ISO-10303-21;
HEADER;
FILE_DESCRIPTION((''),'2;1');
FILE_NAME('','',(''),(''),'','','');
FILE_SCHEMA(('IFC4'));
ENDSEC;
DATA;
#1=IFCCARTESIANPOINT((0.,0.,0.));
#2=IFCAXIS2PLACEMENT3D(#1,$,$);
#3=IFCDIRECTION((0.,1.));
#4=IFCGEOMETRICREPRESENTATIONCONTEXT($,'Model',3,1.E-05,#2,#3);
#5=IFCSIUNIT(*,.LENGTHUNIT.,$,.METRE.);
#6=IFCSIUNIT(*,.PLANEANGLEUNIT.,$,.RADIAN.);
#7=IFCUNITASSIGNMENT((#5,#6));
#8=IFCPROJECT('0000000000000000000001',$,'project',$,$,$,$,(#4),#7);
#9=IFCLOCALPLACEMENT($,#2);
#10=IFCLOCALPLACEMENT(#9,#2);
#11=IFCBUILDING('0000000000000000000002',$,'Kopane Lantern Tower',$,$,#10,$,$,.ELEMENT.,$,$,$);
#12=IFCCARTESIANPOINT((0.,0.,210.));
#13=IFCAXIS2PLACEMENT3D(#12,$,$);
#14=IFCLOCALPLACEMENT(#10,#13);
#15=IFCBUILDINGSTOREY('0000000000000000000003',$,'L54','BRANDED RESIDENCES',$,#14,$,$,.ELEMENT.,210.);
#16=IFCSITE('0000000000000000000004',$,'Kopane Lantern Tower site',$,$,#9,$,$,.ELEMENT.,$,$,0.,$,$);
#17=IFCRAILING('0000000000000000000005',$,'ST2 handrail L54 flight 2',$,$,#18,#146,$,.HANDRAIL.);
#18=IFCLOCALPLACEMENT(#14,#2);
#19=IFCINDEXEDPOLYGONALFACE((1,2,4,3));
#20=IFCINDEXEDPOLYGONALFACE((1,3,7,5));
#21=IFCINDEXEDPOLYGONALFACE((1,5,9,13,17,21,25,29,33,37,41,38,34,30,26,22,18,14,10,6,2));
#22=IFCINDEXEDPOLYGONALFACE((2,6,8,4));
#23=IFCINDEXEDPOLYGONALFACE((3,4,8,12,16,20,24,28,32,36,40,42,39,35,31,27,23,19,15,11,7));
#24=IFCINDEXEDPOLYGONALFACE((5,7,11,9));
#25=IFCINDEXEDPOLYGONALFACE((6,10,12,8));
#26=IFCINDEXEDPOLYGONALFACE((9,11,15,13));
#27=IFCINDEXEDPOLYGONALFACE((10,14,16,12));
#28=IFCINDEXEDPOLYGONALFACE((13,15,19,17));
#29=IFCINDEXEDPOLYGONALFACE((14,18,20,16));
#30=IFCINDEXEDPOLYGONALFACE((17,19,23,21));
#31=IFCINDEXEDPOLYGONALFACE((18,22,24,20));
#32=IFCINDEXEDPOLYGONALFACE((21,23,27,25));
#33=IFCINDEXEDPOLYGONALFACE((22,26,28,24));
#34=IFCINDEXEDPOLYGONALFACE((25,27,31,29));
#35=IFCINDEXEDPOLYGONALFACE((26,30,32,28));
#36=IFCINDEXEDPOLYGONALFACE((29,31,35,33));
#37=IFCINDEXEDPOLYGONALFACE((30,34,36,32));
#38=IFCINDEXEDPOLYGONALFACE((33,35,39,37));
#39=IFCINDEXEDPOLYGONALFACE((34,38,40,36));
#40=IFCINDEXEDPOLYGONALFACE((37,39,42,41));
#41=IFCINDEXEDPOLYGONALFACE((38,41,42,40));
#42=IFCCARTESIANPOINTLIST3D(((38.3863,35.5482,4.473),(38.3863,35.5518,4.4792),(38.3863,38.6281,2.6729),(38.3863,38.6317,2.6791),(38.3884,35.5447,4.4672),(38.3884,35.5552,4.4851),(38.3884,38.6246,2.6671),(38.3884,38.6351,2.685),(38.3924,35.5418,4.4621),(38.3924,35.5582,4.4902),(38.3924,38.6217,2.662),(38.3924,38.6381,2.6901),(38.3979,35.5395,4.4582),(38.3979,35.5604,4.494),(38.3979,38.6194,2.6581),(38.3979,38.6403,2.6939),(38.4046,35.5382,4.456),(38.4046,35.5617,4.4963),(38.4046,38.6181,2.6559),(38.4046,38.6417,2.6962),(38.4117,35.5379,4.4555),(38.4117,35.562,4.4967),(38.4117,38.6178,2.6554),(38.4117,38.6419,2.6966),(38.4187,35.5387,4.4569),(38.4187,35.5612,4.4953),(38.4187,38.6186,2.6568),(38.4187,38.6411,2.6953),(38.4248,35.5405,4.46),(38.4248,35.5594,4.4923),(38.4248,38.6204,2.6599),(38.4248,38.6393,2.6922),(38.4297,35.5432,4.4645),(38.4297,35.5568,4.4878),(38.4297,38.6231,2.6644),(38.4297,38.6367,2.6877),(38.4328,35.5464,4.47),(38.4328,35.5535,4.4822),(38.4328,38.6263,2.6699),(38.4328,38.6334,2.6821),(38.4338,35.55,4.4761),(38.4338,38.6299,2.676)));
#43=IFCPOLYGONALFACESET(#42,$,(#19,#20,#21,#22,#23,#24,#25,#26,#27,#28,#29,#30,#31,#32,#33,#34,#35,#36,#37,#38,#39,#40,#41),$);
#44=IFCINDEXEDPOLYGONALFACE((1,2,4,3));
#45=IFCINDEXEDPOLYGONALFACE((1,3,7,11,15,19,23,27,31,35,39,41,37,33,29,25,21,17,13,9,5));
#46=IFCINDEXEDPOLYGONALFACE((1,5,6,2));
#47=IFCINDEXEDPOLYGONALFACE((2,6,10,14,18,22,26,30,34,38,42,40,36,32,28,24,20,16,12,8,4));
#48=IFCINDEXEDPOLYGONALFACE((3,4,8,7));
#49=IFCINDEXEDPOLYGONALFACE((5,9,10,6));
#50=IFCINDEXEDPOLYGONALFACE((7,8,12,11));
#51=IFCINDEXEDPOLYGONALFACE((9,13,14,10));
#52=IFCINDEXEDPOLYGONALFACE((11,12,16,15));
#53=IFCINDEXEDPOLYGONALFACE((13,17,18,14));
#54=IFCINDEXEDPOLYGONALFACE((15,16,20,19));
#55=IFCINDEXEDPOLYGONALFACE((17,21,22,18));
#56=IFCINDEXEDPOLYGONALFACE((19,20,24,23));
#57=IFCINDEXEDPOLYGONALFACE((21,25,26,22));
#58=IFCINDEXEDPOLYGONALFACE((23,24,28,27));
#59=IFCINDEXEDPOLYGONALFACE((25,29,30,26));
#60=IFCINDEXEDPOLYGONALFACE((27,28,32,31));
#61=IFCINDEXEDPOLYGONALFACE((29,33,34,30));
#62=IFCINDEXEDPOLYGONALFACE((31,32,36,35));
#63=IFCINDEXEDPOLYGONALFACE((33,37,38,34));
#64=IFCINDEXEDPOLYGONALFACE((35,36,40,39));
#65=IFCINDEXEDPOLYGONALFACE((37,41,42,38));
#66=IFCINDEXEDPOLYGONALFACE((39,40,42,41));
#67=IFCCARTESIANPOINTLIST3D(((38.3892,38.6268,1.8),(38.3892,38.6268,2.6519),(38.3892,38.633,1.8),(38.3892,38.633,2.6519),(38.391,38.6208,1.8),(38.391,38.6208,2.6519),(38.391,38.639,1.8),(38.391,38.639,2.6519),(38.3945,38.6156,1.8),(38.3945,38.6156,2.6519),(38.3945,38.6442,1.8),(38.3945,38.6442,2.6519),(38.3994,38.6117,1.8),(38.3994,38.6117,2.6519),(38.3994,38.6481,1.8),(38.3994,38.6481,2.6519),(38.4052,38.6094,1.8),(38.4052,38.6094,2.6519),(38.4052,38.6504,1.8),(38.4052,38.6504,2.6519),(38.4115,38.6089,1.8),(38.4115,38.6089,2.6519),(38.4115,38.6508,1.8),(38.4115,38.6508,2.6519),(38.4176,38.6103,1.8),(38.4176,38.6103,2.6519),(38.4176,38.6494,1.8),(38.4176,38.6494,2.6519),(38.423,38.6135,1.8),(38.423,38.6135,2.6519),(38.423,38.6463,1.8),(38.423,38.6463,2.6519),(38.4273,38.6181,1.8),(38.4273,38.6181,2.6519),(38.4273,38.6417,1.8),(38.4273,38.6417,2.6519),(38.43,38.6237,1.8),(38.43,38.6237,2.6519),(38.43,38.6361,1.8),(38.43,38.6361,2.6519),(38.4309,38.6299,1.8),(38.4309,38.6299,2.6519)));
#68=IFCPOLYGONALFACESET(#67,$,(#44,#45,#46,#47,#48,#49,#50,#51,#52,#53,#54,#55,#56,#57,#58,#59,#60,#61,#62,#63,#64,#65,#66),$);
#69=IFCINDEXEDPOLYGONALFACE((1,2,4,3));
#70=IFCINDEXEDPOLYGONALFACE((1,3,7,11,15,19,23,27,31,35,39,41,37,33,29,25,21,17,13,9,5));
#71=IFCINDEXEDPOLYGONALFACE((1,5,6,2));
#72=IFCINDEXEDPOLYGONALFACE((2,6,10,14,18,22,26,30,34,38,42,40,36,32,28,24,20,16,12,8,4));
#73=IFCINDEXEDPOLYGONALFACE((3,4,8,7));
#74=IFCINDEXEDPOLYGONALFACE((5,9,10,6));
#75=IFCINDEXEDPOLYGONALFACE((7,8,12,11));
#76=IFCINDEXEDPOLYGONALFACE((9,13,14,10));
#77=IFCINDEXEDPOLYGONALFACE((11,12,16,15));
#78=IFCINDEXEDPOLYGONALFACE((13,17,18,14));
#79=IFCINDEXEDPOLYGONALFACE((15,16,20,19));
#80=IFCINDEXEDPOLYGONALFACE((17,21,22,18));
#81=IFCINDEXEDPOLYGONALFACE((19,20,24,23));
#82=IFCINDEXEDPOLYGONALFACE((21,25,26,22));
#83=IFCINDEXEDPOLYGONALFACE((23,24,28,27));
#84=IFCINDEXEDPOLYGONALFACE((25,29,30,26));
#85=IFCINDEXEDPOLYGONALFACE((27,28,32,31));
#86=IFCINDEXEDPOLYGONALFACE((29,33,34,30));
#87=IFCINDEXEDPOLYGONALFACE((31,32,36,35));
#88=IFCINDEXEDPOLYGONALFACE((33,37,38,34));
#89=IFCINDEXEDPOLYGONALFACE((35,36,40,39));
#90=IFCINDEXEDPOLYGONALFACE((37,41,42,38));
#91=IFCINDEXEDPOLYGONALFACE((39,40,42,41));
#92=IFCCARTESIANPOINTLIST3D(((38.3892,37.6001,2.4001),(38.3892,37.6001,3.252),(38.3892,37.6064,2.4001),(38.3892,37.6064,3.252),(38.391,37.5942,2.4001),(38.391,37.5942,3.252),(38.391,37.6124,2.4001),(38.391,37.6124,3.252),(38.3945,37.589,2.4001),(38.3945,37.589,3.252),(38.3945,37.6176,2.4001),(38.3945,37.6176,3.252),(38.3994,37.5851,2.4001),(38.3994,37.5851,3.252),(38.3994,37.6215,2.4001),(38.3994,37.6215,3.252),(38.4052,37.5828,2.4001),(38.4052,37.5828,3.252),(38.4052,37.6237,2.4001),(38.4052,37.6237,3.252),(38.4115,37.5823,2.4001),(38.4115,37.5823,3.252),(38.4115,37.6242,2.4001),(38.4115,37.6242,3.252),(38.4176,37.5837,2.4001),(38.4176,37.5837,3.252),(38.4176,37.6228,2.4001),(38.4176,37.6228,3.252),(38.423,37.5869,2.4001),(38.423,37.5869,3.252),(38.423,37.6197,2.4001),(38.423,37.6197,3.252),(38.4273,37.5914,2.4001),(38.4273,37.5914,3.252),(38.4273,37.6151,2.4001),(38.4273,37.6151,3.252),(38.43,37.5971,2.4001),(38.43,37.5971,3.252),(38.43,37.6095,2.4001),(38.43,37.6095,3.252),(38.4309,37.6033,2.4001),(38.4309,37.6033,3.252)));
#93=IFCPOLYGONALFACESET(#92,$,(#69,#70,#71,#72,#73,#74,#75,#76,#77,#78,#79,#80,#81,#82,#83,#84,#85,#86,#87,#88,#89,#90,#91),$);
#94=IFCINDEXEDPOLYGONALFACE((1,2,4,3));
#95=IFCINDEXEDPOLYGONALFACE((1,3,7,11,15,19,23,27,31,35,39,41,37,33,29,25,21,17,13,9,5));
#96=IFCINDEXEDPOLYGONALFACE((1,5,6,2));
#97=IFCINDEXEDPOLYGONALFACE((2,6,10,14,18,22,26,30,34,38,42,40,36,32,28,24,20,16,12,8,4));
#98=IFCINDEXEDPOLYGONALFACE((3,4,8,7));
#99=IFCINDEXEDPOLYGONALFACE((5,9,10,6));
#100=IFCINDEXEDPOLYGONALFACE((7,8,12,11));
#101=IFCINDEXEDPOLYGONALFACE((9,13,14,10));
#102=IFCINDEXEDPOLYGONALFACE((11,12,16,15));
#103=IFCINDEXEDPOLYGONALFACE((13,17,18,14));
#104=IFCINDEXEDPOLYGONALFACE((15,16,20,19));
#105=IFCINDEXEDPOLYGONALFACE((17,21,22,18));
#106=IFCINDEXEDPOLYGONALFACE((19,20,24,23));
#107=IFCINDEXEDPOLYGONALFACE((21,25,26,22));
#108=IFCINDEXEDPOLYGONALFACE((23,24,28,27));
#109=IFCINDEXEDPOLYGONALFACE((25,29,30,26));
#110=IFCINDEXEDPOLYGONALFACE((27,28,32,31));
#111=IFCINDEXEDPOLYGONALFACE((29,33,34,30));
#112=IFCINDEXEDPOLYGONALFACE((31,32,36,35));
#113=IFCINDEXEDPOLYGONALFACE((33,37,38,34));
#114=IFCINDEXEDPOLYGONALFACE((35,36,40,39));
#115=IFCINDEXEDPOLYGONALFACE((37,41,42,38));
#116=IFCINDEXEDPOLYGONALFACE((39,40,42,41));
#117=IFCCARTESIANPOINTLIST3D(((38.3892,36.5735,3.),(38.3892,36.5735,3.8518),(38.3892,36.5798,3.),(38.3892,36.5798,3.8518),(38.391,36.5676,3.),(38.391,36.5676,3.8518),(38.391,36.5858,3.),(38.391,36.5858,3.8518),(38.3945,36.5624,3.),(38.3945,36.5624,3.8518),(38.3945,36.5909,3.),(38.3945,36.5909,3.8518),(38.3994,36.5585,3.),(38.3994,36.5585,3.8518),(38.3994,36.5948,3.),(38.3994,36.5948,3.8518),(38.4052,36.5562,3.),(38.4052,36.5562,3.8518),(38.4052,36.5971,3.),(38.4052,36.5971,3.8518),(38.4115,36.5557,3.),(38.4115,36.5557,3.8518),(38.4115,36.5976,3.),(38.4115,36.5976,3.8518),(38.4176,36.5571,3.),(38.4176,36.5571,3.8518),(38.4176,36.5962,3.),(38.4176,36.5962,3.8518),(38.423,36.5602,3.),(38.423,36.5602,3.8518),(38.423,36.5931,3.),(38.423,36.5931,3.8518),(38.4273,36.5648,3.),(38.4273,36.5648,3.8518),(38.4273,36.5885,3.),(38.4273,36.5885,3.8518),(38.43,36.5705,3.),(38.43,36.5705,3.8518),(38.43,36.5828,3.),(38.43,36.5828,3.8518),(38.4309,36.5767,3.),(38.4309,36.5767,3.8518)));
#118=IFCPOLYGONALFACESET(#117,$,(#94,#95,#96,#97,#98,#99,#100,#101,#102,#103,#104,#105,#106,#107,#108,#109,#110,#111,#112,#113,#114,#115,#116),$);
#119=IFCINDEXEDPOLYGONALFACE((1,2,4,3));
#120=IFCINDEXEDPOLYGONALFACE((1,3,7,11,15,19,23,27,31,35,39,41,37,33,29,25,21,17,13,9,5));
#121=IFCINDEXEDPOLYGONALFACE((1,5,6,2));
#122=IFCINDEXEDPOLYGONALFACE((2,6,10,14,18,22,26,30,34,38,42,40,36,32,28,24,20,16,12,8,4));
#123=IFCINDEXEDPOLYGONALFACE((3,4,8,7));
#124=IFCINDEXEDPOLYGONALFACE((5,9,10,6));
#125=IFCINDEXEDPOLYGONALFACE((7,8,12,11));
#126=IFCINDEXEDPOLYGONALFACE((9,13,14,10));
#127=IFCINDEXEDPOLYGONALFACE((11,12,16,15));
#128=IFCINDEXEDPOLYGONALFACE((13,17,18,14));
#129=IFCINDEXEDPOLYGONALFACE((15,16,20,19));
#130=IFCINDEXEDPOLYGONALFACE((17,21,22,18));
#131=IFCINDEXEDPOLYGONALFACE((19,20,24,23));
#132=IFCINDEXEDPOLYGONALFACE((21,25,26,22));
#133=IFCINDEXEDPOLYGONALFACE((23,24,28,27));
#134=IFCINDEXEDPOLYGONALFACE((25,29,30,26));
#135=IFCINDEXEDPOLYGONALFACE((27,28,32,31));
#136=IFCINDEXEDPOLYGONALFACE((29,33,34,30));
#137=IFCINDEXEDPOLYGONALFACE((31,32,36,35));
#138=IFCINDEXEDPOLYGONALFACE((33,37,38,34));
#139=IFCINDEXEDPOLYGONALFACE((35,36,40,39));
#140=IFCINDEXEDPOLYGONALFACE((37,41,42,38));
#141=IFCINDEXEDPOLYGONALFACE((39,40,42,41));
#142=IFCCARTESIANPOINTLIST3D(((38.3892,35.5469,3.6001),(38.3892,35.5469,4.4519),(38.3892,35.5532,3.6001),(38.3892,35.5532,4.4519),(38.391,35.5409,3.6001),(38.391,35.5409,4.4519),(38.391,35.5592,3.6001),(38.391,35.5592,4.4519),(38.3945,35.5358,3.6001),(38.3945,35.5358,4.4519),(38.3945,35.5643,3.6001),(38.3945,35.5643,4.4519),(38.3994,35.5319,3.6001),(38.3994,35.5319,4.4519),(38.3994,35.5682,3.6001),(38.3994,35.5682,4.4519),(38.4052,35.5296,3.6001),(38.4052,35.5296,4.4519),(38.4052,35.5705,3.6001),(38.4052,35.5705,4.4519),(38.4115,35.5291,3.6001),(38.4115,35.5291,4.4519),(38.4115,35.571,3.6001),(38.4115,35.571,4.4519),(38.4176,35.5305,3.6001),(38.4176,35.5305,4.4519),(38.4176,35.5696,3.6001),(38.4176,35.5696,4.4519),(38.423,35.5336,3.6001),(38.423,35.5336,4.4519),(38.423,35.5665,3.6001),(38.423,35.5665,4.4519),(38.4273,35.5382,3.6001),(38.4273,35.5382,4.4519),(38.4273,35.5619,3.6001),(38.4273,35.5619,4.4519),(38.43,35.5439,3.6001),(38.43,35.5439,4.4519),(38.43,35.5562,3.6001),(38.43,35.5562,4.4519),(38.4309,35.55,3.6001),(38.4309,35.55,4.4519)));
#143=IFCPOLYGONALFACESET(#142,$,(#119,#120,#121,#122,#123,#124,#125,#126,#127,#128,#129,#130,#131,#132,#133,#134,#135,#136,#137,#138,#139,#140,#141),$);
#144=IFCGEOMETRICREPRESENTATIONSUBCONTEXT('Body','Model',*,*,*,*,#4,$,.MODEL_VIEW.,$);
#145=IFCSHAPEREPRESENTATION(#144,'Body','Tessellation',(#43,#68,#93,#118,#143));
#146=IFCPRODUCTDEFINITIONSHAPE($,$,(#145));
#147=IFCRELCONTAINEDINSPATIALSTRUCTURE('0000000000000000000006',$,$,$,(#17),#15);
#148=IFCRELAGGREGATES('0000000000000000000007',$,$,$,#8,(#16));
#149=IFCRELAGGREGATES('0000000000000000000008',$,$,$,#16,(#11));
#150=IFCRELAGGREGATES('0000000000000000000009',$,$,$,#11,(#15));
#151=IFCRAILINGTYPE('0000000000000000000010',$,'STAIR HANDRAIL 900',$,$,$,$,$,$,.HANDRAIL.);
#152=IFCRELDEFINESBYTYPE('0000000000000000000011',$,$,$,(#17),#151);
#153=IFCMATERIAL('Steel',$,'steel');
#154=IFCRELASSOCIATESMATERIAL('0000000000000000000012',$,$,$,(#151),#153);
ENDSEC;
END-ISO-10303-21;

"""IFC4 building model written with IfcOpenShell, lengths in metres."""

from ifc_helpers import new_model, si_unit, direction, frame, origin, origin_2d, place, context, subcontext, project, spatial, circle, extrude, material, type_object, element, save


model = new_model("IFC4")

# Units and contexts
model_context = context("Model", 3, precision=1e-05, world=origin(), true_north=direction((0.0, 1.0)))
body_context = subcontext(model_context, "Body", "Model", "MODEL_VIEW")
ifc_project = project(units=[si_unit("LENGTHUNIT", "METRE"), si_unit("PLANEANGLEUNIT", "RADIAN")], contexts=[model_context])

# Site, building, storey
site_placement = place(None, origin())
site = spatial("IfcSite", under=ifc_project, at=site_placement, Name="Kopane Lantern Tower site", CompositionType="ELEMENT", RefElevation=0.0)
building_placement = place(site_placement, origin())
building = spatial("IfcBuilding", under=site, at=building_placement, Name="Kopane Lantern Tower", CompositionType="ELEMENT")
storey_placement = place(building_placement, frame((0.0, 0.0, 210.0)))
storey = spatial("IfcBuildingStorey", under=building, at=storey_placement, Name="L54", Description="BRANDED RESIDENCES", CompositionType="ELEMENT", Elevation=210.0)

# Railing
ifc_material_1 = material(Name="Steel", Category="steel")
railing_type_1 = type_object("IfcRailingType", Name="STAIR HANDRAIL 900", PredefinedType="HANDRAIL", material=ifc_material_1)
for number, where, name in (
    (1, (38.4099, 38.6299, 1.8), "ST2 handrail L54 flight 2"),
):
    element("IfcRailing", number, at=place(storey_placement, frame(where)), inside=storey, type_object=railing_type_1, Name=name, PredefinedType="HANDRAIL", context=body_context, shape_type="SweptSolid", body=[
        extrude(circle(Radius=0.0239, at=origin_2d()), frame((0.0, 0.0, 0.876), z_axis=(0.0, -0.863354, 0.504598), x_axis=(1.0, 0.0, 0.0)), (0.0, 0.0, 1.0), 3.5674),
        extrude(circle(Radius=0.021, at=origin_2d()), origin(), (0.0, 0.0, 1.0), 0.8518),
        extrude(circle(Radius=0.021, at=origin_2d()), frame((0.0, -1.0266, 0.6001)), (0.0, 0.0, 1.0), 0.8518),
        extrude(circle(Radius=0.021, at=origin_2d()), frame((0.0, -2.0532, 1.2)), (0.0, 0.0, 1.0), 0.8518),
        extrude(circle(Radius=0.021, at=origin_2d()), frame((0.0, -3.0798, 1.8)), (0.0, 0.0, 1.0), 0.8518),
    ])

save(model, "model.ifc")
